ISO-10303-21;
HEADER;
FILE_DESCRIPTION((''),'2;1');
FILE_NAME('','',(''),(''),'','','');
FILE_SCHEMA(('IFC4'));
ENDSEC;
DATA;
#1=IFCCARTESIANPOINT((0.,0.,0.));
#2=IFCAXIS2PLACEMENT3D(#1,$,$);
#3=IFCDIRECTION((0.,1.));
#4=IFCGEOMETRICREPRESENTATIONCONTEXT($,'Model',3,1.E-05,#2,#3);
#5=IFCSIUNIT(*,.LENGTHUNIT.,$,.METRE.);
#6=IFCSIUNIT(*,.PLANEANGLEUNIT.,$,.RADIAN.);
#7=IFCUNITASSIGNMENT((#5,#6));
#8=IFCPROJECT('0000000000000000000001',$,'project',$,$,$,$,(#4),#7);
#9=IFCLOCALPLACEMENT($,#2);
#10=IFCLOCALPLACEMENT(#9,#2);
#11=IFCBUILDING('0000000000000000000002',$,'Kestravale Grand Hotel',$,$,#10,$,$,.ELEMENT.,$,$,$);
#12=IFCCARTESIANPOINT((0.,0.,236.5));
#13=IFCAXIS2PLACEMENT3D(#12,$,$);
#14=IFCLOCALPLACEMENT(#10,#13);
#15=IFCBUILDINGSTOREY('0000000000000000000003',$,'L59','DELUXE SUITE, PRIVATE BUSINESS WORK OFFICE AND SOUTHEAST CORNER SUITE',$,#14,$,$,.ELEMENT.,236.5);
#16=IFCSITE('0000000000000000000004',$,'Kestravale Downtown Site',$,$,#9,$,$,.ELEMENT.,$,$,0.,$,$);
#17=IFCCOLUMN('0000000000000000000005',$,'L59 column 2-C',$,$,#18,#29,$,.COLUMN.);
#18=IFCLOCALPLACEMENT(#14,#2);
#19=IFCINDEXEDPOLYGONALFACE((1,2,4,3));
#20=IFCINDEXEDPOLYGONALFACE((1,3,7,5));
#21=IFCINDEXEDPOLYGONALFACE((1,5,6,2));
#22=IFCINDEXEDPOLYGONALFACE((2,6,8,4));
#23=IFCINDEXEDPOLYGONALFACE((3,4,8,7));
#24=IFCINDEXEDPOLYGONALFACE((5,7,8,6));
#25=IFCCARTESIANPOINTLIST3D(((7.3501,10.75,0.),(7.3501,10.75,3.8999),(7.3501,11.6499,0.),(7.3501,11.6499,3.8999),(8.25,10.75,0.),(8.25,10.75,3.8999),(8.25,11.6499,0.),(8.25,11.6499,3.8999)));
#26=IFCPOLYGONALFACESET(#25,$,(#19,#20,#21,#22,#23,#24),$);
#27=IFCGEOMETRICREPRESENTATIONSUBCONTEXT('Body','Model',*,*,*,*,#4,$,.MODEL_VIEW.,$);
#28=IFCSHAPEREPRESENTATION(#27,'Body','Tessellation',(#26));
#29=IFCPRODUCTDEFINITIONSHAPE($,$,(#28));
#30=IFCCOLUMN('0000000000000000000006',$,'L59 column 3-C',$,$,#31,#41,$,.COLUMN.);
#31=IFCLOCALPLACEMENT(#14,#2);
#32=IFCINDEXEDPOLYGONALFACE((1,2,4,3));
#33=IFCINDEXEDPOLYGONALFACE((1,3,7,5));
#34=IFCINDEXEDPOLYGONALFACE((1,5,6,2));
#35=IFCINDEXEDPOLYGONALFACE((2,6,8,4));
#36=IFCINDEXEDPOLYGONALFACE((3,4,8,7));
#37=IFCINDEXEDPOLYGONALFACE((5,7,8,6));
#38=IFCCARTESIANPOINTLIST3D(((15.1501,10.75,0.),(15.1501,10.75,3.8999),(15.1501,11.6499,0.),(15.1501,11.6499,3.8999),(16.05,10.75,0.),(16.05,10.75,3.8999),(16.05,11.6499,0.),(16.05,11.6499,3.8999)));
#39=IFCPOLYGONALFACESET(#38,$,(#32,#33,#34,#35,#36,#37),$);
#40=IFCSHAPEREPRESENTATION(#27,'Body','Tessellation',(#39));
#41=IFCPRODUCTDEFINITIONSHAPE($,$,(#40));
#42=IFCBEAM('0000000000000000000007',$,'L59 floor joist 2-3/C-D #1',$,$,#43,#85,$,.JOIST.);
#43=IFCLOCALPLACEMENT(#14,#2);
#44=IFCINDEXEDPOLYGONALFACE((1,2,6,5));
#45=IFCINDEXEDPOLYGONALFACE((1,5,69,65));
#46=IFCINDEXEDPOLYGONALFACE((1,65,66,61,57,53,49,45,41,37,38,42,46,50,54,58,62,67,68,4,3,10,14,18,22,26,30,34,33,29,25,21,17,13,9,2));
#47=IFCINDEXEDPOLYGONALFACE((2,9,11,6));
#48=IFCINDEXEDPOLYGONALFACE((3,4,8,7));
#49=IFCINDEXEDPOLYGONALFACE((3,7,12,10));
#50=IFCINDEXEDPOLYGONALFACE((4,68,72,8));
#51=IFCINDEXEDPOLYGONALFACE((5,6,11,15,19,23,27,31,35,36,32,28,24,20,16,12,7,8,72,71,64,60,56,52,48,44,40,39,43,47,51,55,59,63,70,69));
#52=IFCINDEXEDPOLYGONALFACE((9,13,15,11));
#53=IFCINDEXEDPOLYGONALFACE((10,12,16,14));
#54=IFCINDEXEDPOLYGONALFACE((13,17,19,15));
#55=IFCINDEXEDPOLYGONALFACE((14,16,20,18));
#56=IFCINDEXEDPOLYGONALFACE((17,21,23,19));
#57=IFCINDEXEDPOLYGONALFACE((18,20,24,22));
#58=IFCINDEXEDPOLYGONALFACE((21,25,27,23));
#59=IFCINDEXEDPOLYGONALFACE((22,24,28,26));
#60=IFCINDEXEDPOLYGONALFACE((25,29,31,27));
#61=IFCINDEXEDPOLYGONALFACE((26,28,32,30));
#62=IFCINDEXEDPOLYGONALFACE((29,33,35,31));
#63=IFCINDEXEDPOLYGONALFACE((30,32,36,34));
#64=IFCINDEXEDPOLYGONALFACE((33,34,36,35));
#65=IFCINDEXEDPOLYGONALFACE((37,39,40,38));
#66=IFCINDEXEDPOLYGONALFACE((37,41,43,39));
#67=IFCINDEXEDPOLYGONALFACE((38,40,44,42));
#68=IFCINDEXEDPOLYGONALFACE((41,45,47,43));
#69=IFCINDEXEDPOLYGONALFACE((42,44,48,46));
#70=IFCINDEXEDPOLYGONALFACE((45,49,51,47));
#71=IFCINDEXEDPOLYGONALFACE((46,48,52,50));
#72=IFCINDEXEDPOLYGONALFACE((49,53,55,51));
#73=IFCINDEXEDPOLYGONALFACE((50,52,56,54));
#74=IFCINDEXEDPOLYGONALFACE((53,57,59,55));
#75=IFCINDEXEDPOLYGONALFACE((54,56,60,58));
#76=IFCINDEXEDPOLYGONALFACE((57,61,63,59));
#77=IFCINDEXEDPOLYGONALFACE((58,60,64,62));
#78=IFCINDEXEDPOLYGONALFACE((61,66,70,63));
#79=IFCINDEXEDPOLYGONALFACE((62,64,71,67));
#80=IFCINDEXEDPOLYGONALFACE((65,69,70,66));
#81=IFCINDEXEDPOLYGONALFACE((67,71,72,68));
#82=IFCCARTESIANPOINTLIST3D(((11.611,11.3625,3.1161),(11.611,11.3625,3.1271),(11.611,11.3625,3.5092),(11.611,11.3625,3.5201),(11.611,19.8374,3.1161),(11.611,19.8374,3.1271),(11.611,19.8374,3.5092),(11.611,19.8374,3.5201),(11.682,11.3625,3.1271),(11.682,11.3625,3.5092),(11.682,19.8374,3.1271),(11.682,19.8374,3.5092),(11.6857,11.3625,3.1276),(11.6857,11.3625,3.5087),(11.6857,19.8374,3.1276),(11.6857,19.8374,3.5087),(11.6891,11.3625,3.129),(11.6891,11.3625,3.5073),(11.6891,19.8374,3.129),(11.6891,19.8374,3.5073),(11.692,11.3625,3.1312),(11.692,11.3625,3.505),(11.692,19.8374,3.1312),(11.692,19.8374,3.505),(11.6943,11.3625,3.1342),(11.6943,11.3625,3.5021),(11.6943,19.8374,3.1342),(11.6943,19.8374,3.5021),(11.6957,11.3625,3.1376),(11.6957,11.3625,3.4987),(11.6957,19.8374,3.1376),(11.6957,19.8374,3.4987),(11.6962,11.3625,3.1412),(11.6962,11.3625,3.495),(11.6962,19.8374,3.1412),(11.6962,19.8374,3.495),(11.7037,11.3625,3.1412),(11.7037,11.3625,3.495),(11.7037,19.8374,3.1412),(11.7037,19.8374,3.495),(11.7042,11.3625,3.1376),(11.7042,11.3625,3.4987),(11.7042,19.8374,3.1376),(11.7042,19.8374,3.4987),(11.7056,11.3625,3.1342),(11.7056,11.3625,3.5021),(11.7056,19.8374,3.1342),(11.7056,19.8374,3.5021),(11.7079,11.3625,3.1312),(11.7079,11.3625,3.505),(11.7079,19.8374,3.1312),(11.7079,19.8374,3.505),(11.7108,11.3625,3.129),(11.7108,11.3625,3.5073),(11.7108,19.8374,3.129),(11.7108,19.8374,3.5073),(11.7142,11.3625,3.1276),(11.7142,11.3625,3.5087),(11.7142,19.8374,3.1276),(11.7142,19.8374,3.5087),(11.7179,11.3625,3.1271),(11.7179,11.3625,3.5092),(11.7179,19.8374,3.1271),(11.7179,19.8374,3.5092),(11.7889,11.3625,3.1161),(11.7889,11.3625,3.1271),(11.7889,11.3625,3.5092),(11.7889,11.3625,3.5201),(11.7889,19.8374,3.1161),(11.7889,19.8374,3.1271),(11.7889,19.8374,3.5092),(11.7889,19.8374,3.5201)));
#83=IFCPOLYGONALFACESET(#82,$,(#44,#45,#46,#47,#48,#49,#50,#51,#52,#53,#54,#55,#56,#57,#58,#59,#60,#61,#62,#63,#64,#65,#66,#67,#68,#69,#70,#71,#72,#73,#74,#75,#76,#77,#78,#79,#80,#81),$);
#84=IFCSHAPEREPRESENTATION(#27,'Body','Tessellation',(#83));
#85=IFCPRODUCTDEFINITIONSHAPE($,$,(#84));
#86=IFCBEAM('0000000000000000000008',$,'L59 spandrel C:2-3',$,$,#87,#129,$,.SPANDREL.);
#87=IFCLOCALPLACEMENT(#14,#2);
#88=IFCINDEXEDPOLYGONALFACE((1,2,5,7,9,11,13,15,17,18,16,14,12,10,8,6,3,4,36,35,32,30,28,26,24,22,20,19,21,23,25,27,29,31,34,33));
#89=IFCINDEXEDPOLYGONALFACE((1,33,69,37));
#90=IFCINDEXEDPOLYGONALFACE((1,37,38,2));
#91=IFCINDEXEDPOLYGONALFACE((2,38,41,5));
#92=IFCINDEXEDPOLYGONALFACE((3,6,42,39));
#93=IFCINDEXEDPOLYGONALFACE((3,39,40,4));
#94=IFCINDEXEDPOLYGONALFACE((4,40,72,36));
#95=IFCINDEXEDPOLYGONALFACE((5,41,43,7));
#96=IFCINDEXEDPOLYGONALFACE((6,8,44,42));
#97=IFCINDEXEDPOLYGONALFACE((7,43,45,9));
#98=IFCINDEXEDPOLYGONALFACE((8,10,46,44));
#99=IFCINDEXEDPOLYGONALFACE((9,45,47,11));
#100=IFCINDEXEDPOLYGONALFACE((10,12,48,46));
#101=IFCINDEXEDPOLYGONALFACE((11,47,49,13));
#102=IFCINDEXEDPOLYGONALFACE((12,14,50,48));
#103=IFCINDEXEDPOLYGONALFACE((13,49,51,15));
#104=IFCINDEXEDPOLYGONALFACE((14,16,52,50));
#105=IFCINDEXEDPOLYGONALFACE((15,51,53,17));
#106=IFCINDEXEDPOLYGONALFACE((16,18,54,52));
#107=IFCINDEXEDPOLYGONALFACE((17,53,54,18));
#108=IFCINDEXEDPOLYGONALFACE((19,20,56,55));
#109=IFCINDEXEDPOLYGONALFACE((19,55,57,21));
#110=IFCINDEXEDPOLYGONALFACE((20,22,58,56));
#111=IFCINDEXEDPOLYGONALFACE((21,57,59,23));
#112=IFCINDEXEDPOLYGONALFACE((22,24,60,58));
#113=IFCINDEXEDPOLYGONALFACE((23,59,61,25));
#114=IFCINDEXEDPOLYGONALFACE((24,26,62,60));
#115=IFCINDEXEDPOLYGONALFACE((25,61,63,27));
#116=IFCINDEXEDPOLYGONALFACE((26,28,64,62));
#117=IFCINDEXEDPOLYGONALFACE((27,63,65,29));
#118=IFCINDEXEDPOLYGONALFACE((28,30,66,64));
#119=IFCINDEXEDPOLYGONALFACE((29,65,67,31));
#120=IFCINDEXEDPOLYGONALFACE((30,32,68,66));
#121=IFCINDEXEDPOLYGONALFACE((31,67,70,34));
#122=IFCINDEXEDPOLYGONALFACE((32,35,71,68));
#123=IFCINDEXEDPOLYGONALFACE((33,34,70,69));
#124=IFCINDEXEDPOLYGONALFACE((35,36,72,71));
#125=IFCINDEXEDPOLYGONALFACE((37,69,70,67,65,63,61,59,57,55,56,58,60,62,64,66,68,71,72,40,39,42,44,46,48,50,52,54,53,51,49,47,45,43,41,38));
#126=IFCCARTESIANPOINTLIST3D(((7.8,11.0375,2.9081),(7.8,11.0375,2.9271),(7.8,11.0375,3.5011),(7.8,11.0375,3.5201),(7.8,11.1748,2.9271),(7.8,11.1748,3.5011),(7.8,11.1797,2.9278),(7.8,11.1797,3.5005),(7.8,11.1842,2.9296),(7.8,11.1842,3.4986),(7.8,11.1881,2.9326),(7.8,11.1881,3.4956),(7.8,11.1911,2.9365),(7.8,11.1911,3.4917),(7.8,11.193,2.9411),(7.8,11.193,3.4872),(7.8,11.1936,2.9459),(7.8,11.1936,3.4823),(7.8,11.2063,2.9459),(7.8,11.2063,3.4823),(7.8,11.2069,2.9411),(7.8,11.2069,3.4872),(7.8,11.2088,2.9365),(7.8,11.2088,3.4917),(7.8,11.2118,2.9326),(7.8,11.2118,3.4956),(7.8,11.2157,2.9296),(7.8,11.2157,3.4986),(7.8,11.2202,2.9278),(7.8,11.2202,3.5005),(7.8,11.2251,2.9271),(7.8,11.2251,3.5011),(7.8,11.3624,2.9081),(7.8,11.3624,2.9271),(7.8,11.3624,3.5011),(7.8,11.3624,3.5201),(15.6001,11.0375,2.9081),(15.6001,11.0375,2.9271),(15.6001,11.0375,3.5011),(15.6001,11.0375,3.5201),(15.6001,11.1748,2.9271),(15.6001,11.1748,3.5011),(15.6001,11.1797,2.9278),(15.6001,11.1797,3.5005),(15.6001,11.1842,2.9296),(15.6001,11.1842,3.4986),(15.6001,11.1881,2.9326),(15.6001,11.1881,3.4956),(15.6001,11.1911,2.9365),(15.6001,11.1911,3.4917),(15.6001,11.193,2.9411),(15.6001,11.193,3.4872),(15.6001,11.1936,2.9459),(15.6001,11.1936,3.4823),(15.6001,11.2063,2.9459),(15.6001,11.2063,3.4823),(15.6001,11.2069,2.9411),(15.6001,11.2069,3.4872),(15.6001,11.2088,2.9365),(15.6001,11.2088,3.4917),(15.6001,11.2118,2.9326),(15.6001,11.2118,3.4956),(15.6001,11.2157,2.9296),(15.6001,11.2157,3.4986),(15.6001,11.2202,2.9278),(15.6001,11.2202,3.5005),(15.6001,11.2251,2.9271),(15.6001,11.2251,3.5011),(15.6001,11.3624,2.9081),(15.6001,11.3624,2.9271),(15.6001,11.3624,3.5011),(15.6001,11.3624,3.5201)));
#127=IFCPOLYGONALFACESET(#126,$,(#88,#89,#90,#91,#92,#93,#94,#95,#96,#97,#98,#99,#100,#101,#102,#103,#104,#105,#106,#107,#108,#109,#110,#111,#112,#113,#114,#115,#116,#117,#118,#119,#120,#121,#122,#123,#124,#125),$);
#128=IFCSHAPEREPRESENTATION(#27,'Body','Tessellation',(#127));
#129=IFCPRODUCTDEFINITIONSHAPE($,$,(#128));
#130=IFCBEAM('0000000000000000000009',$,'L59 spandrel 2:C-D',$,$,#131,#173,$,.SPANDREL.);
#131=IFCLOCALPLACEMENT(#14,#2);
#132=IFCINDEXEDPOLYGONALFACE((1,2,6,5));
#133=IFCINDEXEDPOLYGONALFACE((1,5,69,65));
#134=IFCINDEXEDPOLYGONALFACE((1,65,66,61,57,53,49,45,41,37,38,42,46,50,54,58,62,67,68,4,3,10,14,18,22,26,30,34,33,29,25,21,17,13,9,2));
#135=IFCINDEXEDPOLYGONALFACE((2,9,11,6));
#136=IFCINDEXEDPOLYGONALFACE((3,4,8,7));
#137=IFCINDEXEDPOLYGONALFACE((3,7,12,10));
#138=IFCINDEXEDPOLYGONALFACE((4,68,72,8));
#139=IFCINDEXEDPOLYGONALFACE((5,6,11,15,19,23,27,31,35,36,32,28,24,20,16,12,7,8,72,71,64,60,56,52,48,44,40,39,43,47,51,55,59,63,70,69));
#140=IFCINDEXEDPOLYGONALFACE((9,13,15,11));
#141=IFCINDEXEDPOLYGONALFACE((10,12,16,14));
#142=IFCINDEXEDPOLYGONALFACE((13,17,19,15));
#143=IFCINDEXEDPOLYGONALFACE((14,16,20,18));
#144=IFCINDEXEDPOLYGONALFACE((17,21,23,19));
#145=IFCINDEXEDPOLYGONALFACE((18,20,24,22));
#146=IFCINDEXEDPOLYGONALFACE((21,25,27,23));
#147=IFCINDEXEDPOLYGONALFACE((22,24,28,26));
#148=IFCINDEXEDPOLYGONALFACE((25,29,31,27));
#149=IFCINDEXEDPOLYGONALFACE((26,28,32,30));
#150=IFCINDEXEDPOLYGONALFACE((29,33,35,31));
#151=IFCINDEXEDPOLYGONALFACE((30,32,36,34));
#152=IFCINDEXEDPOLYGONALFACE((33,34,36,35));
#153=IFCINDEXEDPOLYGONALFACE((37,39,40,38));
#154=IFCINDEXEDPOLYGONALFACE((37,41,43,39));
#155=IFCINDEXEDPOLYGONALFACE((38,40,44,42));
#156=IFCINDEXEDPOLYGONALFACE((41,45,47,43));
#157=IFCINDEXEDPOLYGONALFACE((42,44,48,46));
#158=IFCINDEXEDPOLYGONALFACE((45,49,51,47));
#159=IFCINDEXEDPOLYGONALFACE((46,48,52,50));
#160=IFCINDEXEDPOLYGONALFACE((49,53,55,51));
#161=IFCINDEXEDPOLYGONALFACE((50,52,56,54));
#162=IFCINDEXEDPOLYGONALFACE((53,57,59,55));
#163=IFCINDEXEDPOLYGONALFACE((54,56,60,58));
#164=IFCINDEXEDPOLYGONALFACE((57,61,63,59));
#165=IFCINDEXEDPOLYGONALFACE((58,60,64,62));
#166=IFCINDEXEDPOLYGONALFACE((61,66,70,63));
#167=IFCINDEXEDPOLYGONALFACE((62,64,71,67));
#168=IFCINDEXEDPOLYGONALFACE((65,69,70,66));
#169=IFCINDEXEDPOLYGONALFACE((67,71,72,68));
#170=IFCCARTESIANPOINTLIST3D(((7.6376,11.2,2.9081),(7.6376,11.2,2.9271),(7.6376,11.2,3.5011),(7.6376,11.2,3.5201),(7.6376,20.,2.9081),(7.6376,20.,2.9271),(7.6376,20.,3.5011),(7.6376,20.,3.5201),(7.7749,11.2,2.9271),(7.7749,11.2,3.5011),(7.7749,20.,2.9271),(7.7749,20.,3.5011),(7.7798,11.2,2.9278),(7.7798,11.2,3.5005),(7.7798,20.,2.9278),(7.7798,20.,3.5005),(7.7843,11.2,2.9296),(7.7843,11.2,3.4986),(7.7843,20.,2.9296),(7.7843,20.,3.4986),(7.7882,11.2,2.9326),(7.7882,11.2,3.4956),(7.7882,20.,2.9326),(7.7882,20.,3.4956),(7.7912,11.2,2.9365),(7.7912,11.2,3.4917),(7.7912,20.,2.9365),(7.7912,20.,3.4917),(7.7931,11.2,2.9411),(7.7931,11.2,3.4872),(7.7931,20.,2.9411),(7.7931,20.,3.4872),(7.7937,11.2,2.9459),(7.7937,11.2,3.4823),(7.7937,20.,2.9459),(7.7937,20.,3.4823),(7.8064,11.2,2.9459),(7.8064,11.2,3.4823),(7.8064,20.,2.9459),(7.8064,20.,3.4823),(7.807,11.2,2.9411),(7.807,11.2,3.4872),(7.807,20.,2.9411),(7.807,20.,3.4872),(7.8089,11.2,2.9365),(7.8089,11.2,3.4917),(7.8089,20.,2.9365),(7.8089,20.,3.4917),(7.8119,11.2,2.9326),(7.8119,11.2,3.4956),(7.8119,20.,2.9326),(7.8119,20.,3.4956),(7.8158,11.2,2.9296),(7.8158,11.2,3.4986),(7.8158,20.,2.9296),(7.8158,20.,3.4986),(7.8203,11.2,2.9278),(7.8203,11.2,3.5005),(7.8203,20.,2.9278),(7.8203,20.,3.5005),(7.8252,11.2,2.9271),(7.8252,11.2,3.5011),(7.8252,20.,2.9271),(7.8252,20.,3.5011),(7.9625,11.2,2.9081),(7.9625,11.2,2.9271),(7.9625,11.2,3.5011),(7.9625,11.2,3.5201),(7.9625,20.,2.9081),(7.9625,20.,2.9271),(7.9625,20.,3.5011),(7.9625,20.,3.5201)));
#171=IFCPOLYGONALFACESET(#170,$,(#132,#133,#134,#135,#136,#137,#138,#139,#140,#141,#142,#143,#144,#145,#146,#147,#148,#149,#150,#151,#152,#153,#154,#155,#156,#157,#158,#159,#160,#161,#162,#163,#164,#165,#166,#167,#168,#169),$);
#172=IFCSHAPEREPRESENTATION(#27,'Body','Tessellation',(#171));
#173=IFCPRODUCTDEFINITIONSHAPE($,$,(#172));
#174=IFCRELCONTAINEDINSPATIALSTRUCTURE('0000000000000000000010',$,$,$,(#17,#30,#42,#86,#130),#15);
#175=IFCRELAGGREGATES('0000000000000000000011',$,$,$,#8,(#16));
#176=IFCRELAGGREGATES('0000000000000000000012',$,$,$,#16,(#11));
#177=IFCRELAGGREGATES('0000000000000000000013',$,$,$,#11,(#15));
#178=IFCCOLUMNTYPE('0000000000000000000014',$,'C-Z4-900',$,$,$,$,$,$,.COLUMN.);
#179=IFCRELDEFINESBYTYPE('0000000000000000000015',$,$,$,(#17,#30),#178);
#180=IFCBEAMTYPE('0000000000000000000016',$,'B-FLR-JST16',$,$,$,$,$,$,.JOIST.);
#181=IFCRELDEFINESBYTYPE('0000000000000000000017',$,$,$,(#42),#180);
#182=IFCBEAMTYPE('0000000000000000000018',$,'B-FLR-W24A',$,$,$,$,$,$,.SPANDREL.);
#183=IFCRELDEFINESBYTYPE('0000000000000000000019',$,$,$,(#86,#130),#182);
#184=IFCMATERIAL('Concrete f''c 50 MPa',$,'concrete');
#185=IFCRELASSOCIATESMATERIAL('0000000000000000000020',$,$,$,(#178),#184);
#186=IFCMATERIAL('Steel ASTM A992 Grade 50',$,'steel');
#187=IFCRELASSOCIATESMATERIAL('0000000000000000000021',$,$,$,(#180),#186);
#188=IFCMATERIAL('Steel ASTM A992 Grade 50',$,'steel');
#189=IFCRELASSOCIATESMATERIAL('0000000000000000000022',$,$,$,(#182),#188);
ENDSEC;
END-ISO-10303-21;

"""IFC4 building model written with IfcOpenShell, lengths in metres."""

from ifc_helpers import new_model, si_unit, direction, frame, origin, origin_2d, place, context, subcontext, project, spatial, rectangle, i_section, extrude, material, material_profile, profile_set, type_object, element, save


model = new_model("IFC4")

# Units and contexts
model_context = context("Model", 3, precision=1e-05, world=origin(), true_north=direction((0.0, 1.0)))
body_context = subcontext(model_context, "Body", "Model", "MODEL_VIEW")
ifc_project = project(units=[si_unit("LENGTHUNIT", "METRE"), si_unit("PLANEANGLEUNIT", "RADIAN")], contexts=[model_context])

# Site, building, storey
site_placement = place(None, origin())
site = spatial("IfcSite", under=ifc_project, at=site_placement, Name="Kestravale Downtown Site", CompositionType="ELEMENT", RefElevation=0.0)
building_placement = place(site_placement, origin())
building = spatial("IfcBuilding", under=site, at=building_placement, Name="Kestravale Grand Hotel", CompositionType="ELEMENT")
storey_placement = place(building_placement, frame((0.0, 0.0, 236.5)))
storey = spatial("IfcBuildingStorey", under=building, at=storey_placement, Name="L59", Description="DELUXE SUITE, PRIVATE BUSINESS WORK OFFICE AND SOUTHEAST CORNER SUITE", CompositionType="ELEMENT", Elevation=236.5)

# Columns
ifc_material_1 = material(Name="Concrete f'c 50 MPa", Category="concrete")
ifc_material_profile_1 = material_profile(ifc_material_1, rectangle(XDim=0.8999, YDim=0.8999, at=origin_2d()))
ifc_profile_set_1 = profile_set([ifc_material_profile_1], Name="Concrete f'c 50 MPa")
column_type = type_object("IfcColumnType", Name="C-Z4-900", PredefinedType="COLUMN", material=ifc_profile_set_1)
for number, where, z_axis, x_axis, name in (
    (1, (7.8, 11.2, 0.0), (0.0, 0.0, 1.0), (1.0, 0.0, 0.0), "L59 column 2-C"),
    (2, (15.6001, 11.2, 0.0), (0.0, 0.0, 1.0), (1.0, 0.0, 0.0), "L59 column 3-C"),
):
    element("IfcColumn", number, at=place(storey_placement, frame(where, z_axis=z_axis, x_axis=x_axis)), inside=storey, type_object=column_type, Name=name, PredefinedType="COLUMN", context=body_context, shape_type="SweptSolid", body=[
        extrude(rectangle(XDim=0.8999, YDim=0.8999, at=origin_2d()), origin(), (0.0, 0.0, 1.0), 3.8999),
    ])

# Beams
ifc_material_2 = material(Name="Steel ASTM A992 Grade 50", Category="steel")
ifc_material_profile_2 = material_profile(ifc_material_2, i_section(OverallWidth=0.178, OverallDepth=0.4041, WebThickness=0.0076, FlangeThickness=0.011, FilletRadius=0.0142, at=origin_2d()))
ifc_profile_set_2 = profile_set([ifc_material_profile_2], Name="Steel ASTM A992 Grade 50")
beam_type_1 = type_object("IfcBeamType", Name="B-FLR-JST16", PredefinedType="JOIST", material=ifc_profile_set_2)
beam_1_placement = place(storey_placement, frame((11.7, 11.3625, 3.3181), z_axis=(0.0, 1.0, 0.0), x_axis=(-1.0, 0.0, 0.0)))
element("IfcBeam", 3, at=beam_1_placement, inside=storey, type_object=beam_type_1, Name="L59 floor joist 2-3/C-D #1", PredefinedType="JOIST", context=body_context, shape_type="SweptSolid", body=[
    extrude(i_section(OverallWidth=0.178, OverallDepth=0.4041, WebThickness=0.0076, FlangeThickness=0.011, FilletRadius=0.0142, at=origin_2d()), origin(), (0.0, 0.0, 1.0), 8.4749),
])
ifc_material_3 = material(Name="Steel ASTM A992 Grade 50", Category="steel")
ifc_material_profile_3 = material_profile(ifc_material_3, i_section(OverallWidth=0.325, OverallDepth=0.6121, WebThickness=0.0127, FlangeThickness=0.019, FilletRadius=0.0188, at=origin_2d()))
ifc_profile_set_3 = profile_set([ifc_material_profile_3], Name="Steel ASTM A992 Grade 50")
beam_type_2 = type_object("IfcBeamType", Name="B-FLR-W24A", PredefinedType="SPANDREL", material=ifc_profile_set_3)
beam_2_placement = place(storey_placement, frame((7.8, 11.2, 3.2141), z_axis=(1.0, 0.0, 0.0), x_axis=(0.0, 1.0, 0.0)))
element("IfcBeam", 4, at=beam_2_placement, inside=storey, type_object=beam_type_2, Name="L59 spandrel C:2-3", PredefinedType="SPANDREL", context=body_context, shape_type="SweptSolid", body=[
    extrude(i_section(OverallWidth=0.325, OverallDepth=0.6121, WebThickness=0.0127, FlangeThickness=0.019, FilletRadius=0.0188, at=origin_2d()), origin(), (0.0, 0.0, 1.0), 7.8),
])
beam_3_placement = place(storey_placement, frame((7.8, 11.2, 3.2141), z_axis=(0.0, 1.0, 0.0), x_axis=(-1.0, 0.0, 0.0)))
element("IfcBeam", 5, at=beam_3_placement, inside=storey, type_object=beam_type_2, Name="L59 spandrel 2:C-D", PredefinedType="SPANDREL", context=body_context, shape_type="SweptSolid", body=[
    extrude(i_section(OverallWidth=0.325, OverallDepth=0.6121, WebThickness=0.0127, FlangeThickness=0.019, FilletRadius=0.0188, at=origin_2d()), origin(), (0.0, 0.0, 1.0), 8.8),
])

save(model, "model.ifc")
